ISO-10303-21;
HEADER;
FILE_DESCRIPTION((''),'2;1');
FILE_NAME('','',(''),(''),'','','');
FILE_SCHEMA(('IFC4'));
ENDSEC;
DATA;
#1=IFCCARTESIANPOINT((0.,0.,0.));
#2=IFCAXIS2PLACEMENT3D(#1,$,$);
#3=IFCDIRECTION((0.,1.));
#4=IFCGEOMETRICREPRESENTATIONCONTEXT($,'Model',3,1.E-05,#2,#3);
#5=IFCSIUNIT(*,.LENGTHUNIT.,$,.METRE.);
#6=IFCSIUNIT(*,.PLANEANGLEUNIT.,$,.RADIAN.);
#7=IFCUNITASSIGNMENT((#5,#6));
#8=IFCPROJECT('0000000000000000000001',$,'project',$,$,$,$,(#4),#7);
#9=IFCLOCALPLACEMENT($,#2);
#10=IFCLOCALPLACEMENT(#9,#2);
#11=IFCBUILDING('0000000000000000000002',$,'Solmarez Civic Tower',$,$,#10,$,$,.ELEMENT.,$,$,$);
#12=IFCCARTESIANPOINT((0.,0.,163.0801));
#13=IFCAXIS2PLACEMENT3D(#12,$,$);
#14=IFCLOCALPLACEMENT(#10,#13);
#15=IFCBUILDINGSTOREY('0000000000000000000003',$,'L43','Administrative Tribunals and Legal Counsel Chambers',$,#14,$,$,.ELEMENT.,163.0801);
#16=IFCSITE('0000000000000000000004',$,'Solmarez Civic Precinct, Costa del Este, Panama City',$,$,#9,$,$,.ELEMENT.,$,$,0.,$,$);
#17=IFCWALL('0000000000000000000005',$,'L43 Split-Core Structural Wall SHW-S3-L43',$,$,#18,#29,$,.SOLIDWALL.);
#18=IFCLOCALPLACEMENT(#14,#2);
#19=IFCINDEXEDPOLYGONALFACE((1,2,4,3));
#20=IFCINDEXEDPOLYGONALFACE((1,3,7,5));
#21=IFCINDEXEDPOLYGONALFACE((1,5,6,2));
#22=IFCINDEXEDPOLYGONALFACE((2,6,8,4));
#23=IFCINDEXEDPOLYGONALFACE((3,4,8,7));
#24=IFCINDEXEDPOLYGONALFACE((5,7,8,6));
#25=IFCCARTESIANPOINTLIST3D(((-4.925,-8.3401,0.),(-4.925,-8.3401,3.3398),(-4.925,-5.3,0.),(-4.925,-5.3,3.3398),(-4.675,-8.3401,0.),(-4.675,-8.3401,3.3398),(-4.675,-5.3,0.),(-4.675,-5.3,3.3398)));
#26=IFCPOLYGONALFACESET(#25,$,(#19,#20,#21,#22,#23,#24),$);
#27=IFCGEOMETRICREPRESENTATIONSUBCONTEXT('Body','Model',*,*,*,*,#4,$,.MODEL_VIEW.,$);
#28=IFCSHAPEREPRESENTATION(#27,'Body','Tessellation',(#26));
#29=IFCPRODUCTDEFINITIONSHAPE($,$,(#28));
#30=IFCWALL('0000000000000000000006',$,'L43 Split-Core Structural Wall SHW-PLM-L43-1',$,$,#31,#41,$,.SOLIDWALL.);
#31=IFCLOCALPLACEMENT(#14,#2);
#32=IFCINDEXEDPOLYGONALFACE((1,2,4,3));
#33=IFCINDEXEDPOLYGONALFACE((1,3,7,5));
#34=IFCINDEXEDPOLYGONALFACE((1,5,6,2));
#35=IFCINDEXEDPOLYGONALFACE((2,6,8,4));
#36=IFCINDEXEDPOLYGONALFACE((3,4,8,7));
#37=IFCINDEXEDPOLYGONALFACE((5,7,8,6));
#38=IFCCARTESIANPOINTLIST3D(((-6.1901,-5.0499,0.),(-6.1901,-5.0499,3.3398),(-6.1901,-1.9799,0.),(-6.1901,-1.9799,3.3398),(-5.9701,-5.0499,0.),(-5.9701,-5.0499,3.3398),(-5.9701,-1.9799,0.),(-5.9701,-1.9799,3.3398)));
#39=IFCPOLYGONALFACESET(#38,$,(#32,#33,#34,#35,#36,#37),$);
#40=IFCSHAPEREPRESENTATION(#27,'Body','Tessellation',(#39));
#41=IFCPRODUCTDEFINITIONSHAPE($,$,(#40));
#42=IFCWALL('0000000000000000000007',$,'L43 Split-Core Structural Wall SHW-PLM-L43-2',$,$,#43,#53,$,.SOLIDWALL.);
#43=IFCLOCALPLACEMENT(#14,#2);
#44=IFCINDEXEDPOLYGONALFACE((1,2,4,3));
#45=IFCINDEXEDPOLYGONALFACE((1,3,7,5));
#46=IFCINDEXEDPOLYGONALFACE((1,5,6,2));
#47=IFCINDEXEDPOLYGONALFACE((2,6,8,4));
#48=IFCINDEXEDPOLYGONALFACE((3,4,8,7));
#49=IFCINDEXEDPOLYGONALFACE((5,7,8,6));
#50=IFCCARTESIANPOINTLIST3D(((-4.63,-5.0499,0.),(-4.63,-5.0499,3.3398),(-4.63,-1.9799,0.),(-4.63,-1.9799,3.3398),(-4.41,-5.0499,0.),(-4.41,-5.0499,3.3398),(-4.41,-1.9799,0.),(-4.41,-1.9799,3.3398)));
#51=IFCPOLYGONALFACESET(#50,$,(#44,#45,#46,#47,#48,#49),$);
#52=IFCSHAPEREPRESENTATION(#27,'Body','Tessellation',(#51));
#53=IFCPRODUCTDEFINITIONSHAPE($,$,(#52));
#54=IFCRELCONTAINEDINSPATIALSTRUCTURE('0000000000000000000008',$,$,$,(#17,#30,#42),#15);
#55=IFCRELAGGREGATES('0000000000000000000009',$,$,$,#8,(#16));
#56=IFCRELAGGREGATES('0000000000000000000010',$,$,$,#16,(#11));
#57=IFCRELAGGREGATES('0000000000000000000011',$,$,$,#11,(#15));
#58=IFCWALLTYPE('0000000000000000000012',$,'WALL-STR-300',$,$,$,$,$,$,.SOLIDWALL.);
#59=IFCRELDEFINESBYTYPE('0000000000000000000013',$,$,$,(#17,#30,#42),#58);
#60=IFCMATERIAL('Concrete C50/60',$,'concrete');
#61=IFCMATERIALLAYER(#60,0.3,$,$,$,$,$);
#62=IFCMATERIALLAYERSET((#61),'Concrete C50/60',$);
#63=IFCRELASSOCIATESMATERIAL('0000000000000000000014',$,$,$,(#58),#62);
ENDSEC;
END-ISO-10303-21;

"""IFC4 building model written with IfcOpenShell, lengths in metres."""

from ifc_helpers import new_model, si_unit, direction, frame, frame_2d, origin, place, context, subcontext, project, spatial, rectangle, extrude, material, layer, layer_set, type_object, element, save


model = new_model("IFC4")

# Units and contexts
model_context = context("Model", 3, precision=1e-05, world=origin(), true_north=direction((0.0, 1.0)))
body_context = subcontext(model_context, "Body", "Model", "MODEL_VIEW")
ifc_project = project(units=[si_unit("LENGTHUNIT", "METRE"), si_unit("PLANEANGLEUNIT", "RADIAN")], contexts=[model_context])

# Site, building, storey
site_placement = place(None, origin())
site = spatial("IfcSite", under=ifc_project, at=site_placement, Name="Solmarez Civic Precinct, Costa del Este, Panama City", CompositionType="ELEMENT", RefElevation=0.0)
building_placement = place(site_placement, origin())
building = spatial("IfcBuilding", under=site, at=building_placement, Name="Solmarez Civic Tower", CompositionType="ELEMENT")
storey_placement = place(building_placement, frame((0.0, 0.0, 163.0801)))
storey = spatial("IfcBuildingStorey", under=building, at=storey_placement, Name="L43", Description="Administrative Tribunals and Legal Counsel Chambers", CompositionType="ELEMENT", Elevation=163.0801)

# Shared definitions
ifc_material_1 = material(Name="Concrete C50/60", Category="concrete")

# Shared definitions
ifc_layer_1 = layer(ifc_material_1, 0.3)
ifc_layer_set_1 = layer_set([ifc_layer_1], Name="Concrete C50/60")
wall_type_1 = type_object("IfcWallType", Name="WALL-STR-300", PredefinedType="SOLIDWALL", material=ifc_layer_set_1)

# Walls
wall_1_placement = place(storey_placement, frame((-4.8, -8.3401, 0.0), z_axis=(0.0, 0.0, 1.0), x_axis=(0.0, 1.0, 0.0)))
element("IfcWall", 1, at=wall_1_placement, inside=storey, type_object=wall_type_1, Name="L43 Split-Core Structural Wall SHW-S3-L43", PredefinedType="SOLIDWALL", context=body_context, shape_type="SweptSolid", body=[
    extrude(rectangle(XDim=3.04, YDim=0.25, at=frame_2d((1.52, 0.0))), origin(), (0.0, 0.0, 1.0), 3.3398),
])
for number, where, z_axis, x_axis, name in (
    (2, (-6.0801, -5.05, 0.0), (0.0, 0.0, 1.0), (0.0, 1.0, 0.0), "L43 Split-Core Structural Wall SHW-PLM-L43-1"),
    (3, (-4.52, -5.05, 0.0), (0.0, 0.0, 1.0), (0.0, 1.0, 0.0), "L43 Split-Core Structural Wall SHW-PLM-L43-2"),
):
    element("IfcWall", number, at=place(storey_placement, frame(where, z_axis=z_axis, x_axis=x_axis)), inside=storey, type_object=wall_type_1, Name=name, PredefinedType="SOLIDWALL", context=body_context, shape_type="SweptSolid", body=[
        extrude(rectangle(XDim=3.0701, YDim=0.22, at=frame_2d((1.5352, 0.0))), origin(), (0.0, 0.0, 1.0), 3.3398),
    ])

save(model, "model.ifc")
